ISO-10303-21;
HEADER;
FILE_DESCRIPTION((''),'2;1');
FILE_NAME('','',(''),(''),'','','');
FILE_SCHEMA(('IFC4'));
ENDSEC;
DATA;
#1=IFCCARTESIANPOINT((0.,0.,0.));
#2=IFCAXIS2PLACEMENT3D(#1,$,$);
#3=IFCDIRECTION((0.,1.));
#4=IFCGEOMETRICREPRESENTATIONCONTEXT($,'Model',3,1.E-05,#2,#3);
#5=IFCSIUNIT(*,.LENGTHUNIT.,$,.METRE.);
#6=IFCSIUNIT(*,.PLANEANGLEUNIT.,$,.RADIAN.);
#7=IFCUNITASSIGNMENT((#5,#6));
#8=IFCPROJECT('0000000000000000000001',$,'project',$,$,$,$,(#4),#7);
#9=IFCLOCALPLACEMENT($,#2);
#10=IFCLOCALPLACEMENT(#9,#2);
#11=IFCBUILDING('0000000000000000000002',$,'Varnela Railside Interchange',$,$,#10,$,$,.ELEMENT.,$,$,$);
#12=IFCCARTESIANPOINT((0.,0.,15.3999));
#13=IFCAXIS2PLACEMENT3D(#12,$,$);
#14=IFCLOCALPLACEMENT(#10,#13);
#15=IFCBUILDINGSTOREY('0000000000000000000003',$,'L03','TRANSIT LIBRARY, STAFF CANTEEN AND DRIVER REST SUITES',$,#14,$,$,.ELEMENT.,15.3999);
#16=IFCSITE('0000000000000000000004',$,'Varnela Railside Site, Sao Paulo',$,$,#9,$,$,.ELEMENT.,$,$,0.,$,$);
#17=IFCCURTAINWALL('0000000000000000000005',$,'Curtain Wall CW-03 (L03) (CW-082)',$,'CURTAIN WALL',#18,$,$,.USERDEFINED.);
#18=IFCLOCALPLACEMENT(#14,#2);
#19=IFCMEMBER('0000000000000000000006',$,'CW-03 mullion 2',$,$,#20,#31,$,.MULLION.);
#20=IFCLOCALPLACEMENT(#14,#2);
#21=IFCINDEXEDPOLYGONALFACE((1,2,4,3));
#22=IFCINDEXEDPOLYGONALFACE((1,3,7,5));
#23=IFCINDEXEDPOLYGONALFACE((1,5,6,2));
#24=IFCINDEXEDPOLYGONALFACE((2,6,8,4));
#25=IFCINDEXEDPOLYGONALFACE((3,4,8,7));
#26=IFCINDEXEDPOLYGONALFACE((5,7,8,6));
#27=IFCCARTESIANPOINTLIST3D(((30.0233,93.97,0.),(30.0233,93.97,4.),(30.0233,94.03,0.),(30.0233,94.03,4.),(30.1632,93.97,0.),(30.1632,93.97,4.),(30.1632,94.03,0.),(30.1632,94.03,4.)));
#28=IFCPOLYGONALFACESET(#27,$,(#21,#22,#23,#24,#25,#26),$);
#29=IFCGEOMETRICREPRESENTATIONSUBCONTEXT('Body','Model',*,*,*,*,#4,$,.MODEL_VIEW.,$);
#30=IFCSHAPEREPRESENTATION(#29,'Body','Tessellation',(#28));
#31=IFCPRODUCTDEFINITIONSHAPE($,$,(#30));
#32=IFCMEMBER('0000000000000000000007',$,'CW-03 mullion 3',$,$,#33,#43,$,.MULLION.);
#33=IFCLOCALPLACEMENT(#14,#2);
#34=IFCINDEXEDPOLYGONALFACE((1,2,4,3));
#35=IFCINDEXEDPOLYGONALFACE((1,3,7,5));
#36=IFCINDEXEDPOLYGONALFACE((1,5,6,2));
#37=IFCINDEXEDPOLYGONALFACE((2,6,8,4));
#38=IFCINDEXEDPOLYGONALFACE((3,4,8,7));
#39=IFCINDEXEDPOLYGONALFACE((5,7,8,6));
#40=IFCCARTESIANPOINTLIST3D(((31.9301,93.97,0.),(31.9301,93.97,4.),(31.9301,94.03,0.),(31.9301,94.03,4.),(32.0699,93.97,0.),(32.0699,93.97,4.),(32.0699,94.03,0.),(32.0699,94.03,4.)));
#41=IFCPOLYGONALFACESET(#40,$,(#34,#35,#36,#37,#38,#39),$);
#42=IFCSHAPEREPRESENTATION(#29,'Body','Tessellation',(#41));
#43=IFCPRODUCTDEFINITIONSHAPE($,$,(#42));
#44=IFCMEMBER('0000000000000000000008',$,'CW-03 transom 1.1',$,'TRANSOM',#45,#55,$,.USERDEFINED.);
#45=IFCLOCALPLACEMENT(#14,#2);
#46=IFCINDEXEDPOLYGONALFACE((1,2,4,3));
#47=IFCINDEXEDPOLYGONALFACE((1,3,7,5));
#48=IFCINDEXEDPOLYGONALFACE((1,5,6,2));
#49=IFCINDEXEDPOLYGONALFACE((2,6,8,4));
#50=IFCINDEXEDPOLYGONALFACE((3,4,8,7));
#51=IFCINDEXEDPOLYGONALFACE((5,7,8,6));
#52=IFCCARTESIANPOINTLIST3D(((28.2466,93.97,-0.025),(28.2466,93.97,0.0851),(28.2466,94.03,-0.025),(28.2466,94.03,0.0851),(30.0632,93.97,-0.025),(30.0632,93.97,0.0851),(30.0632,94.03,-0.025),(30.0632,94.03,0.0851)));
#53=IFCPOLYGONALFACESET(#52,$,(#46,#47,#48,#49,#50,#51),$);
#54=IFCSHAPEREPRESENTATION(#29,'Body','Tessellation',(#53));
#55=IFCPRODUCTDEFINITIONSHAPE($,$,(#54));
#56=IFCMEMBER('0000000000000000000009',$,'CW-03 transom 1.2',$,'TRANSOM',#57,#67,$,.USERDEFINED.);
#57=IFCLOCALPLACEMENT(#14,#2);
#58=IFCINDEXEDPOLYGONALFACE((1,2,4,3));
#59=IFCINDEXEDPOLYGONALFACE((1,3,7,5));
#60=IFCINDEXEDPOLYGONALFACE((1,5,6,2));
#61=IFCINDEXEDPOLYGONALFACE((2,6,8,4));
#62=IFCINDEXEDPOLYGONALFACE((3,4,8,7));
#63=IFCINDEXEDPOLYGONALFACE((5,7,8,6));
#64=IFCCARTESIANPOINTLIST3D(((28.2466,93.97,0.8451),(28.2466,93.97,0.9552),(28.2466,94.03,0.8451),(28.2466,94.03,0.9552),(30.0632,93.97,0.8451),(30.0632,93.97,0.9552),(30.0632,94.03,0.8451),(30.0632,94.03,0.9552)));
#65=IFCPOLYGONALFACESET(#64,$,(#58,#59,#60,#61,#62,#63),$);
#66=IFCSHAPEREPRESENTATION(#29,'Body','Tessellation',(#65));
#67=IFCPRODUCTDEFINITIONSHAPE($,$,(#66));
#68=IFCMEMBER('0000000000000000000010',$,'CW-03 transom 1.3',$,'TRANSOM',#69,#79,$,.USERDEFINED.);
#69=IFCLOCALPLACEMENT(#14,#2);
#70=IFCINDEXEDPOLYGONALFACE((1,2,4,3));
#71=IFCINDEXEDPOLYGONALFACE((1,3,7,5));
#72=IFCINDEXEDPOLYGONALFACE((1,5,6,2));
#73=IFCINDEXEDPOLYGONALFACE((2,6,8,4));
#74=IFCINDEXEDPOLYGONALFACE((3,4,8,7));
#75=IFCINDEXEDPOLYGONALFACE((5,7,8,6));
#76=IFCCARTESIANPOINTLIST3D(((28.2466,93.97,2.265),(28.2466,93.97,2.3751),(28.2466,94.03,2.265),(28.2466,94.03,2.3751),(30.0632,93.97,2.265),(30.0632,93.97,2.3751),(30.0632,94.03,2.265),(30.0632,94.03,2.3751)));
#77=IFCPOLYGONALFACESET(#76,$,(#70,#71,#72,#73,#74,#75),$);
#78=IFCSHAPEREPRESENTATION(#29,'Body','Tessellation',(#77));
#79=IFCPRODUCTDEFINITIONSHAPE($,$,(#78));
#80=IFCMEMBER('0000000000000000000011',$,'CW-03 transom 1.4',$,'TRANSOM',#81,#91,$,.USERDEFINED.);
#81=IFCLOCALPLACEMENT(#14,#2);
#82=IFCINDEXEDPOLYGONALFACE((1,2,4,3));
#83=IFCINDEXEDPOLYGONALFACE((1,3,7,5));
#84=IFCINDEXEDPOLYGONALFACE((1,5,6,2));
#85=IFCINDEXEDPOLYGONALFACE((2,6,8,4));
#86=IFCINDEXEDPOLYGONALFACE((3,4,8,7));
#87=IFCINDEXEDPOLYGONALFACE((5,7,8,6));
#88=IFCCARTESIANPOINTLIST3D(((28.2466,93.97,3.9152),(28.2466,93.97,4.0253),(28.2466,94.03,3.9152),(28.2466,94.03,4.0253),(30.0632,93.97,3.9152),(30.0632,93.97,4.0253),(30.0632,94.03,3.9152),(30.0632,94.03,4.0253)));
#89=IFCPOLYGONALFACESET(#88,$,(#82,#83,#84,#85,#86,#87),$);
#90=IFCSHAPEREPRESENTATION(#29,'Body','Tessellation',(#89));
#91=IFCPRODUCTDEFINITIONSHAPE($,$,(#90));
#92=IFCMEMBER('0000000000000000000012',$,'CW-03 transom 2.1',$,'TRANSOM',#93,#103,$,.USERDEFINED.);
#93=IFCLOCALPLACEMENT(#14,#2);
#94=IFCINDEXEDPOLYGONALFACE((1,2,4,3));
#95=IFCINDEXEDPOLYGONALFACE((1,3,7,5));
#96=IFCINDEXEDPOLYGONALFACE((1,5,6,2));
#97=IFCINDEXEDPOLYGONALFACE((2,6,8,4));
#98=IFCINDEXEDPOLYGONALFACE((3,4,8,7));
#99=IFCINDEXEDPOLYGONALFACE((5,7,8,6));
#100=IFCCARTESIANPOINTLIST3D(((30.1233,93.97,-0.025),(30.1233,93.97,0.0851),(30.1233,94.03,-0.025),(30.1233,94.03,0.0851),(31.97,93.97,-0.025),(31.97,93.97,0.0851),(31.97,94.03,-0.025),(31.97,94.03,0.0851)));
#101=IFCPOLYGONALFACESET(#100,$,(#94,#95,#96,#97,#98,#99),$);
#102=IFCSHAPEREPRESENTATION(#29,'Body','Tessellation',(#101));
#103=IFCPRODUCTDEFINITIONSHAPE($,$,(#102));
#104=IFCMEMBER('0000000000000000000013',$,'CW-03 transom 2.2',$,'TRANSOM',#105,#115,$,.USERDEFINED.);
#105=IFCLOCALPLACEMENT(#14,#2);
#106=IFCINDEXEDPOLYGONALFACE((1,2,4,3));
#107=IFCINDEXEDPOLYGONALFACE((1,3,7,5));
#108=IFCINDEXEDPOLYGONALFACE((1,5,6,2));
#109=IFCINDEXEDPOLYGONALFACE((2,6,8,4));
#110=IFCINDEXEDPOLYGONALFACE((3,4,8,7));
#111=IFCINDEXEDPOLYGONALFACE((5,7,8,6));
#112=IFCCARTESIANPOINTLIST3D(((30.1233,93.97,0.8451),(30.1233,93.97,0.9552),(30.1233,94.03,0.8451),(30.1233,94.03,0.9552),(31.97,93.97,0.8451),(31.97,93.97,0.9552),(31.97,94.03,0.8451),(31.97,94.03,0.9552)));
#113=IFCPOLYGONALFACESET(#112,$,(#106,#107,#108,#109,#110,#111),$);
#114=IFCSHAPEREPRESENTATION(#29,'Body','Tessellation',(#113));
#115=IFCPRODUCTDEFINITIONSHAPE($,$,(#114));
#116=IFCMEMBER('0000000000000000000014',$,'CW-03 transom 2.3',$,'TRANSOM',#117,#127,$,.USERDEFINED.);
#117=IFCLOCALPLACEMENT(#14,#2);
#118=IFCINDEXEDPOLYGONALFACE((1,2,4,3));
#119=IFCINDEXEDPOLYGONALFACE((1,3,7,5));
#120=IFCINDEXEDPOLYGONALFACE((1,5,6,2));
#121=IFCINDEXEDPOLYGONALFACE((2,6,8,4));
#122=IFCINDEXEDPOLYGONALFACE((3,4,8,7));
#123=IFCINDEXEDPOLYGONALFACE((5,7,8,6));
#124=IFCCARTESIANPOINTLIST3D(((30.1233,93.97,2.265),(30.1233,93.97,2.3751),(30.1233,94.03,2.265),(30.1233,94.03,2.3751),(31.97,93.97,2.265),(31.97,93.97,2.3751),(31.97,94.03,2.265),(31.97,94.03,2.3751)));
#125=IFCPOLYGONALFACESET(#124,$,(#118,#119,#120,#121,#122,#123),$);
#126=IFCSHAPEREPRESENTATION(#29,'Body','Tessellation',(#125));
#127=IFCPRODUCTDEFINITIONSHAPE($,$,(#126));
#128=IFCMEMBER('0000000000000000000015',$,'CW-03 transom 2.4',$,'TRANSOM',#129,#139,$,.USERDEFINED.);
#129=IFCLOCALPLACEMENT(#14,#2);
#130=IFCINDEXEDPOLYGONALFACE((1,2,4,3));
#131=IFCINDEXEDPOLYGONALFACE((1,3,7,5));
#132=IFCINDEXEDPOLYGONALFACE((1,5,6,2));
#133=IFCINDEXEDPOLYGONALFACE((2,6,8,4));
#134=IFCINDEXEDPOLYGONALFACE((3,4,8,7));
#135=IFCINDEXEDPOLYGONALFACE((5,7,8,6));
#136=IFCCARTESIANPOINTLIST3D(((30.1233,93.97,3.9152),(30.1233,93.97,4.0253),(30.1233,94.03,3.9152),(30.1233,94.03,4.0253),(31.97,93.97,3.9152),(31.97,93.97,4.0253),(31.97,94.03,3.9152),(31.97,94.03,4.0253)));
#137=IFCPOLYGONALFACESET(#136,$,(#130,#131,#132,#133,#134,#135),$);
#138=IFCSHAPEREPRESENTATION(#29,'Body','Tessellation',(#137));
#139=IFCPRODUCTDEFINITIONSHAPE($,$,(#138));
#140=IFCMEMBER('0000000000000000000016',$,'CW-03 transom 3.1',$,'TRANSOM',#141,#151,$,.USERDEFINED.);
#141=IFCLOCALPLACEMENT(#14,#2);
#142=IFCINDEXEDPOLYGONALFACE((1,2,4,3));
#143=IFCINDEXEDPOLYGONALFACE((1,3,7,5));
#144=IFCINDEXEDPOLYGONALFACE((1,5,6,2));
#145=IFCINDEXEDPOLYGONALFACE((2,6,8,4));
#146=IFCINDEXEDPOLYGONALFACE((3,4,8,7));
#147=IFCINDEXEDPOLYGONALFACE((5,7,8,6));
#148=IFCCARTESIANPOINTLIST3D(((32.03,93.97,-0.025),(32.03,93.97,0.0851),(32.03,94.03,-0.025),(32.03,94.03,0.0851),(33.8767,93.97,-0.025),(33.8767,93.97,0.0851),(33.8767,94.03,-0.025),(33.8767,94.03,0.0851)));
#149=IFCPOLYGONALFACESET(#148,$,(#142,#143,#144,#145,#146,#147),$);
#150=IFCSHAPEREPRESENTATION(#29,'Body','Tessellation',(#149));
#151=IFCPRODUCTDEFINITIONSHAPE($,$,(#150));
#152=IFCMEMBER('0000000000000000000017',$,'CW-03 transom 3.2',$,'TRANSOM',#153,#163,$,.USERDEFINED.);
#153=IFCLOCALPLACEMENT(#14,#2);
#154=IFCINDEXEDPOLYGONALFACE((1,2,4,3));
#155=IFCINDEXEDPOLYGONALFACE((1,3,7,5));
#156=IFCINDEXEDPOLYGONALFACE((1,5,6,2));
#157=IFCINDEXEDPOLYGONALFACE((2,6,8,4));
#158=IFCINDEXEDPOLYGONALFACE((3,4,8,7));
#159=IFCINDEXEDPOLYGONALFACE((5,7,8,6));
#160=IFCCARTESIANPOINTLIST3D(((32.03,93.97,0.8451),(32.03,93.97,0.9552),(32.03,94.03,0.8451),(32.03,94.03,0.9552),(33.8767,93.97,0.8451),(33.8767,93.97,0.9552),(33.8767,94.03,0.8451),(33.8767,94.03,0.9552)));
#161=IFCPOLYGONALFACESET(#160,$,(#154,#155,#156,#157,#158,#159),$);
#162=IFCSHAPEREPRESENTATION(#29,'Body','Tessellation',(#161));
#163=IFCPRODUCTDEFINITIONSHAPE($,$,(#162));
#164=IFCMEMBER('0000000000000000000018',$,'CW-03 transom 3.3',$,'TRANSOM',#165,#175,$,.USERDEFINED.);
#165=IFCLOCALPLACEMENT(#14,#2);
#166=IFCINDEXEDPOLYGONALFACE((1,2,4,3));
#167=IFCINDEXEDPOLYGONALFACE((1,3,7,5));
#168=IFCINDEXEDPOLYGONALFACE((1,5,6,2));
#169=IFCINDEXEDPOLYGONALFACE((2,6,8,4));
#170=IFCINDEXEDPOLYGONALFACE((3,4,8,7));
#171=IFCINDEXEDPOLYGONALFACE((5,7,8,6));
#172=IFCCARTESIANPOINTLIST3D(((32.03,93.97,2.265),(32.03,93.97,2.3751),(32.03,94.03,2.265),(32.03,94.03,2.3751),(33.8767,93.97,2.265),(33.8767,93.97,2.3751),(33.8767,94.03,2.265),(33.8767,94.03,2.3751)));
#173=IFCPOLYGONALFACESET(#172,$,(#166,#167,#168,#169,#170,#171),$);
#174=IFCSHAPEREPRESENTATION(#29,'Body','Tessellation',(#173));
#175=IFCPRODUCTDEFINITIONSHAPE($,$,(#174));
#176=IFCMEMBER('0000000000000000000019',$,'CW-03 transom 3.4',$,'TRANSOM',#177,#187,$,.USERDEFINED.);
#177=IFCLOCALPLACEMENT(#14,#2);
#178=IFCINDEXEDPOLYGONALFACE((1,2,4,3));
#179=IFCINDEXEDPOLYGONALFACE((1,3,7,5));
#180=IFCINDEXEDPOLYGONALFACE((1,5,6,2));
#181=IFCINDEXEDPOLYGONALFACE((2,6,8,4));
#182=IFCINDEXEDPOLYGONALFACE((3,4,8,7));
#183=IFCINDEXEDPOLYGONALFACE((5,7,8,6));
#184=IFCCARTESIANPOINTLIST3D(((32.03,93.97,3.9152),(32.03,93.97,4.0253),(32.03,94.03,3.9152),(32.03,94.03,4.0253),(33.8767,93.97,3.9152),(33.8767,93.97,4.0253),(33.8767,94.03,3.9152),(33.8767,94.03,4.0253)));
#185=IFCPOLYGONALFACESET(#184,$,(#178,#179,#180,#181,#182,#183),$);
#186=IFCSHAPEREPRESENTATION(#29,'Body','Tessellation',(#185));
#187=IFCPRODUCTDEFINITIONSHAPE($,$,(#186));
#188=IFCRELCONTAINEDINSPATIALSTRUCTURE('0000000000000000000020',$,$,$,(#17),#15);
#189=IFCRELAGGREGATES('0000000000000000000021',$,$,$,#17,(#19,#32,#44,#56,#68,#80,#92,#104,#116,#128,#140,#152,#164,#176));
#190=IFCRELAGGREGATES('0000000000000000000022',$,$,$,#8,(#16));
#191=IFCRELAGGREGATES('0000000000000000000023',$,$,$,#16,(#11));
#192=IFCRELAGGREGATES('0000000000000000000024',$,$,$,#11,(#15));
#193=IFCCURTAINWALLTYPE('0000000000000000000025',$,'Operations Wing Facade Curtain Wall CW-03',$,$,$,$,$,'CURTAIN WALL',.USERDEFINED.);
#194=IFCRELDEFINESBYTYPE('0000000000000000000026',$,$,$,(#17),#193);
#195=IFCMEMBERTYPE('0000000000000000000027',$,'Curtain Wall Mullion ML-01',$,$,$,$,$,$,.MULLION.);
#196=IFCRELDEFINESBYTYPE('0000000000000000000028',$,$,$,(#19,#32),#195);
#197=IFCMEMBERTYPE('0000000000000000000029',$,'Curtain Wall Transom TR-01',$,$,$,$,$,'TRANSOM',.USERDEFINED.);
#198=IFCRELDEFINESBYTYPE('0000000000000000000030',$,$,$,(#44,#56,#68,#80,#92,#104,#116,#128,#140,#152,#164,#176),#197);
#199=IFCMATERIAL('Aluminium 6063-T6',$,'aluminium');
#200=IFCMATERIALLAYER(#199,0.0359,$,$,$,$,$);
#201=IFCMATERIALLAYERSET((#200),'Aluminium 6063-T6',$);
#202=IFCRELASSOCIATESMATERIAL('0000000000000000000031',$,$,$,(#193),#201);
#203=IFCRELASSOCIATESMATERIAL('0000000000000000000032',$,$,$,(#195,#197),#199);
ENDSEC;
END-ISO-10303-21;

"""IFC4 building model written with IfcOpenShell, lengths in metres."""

from ifc_helpers import new_model, si_unit, direction, frame, origin, origin_2d, place, context, subcontext, project, spatial, rectangle, extrude, material, layer, layer_set, material_profile, profile_set, type_object, element, aggregate, save


model = new_model("IFC4")

# Units and contexts
model_context = context("Model", 3, precision=1e-05, world=origin(), true_north=direction((0.0, 1.0)))
body_context = subcontext(model_context, "Body", "Model", "MODEL_VIEW")
ifc_project = project(units=[si_unit("LENGTHUNIT", "METRE"), si_unit("PLANEANGLEUNIT", "RADIAN")], contexts=[model_context])

# Site, building, storey
site_placement = place(None, origin())
site = spatial("IfcSite", under=ifc_project, at=site_placement, Name="Varnela Railside Site, Sao Paulo", CompositionType="ELEMENT", RefElevation=0.0)
building_placement = place(site_placement, origin())
building = spatial("IfcBuilding", under=site, at=building_placement, Name="Varnela Railside Interchange", CompositionType="ELEMENT")
storey_placement = place(building_placement, frame((0.0, 0.0, 15.3999)))
storey = spatial("IfcBuildingStorey", under=building, at=storey_placement, Name="L03", Description="TRANSIT LIBRARY, STAFF CANTEEN AND DRIVER REST SUITES", CompositionType="ELEMENT", Elevation=15.3999)

# Curtain wall, members
ifc_material_1 = material(Name="Aluminium 6063-T6", Category="aluminium")
ifc_layer_1 = layer(ifc_material_1, 0.0359)
ifc_layer_set_1 = layer_set([ifc_layer_1], Name="Aluminium 6063-T6")
curtain_wall_type = type_object("IfcCurtainWallType", Name="Operations Wing Facade Curtain Wall CW-03", ElementType="CURTAIN WALL", PredefinedType="USERDEFINED", material=ifc_layer_set_1)
curtain_wall_placement = place(storey_placement, origin())
curtain_wall = element("IfcCurtainWall", 1, at=curtain_wall_placement, inside=storey, type_object=curtain_wall_type, Name="Curtain Wall CW-03 (L03) (CW-082)", ObjectType="CURTAIN WALL", PredefinedType="USERDEFINED")
ifc_material_profile_1 = material_profile(ifc_material_1, rectangle(XDim=0.0601, YDim=0.1399, at=origin_2d()), Name="ALU 60x140")
ifc_profile_set_1 = profile_set([ifc_material_profile_1], Name="Aluminium 6063-T6")
member_type_1 = type_object("IfcMemberType", Name="Curtain Wall Mullion ML-01", PredefinedType="MULLION", material=ifc_profile_set_1)
member_1_placement = place(storey_placement, frame((30.0933, 94.0, 0.0), z_axis=(0.0, 0.0, 1.0), x_axis=(0.0, 1.0, 0.0)))
member_1 = element("IfcMember", 2, at=member_1_placement, type_object=member_type_1, Name="CW-03 mullion 2", PredefinedType="MULLION", context=body_context, shape_type="SweptSolid", body=[
    extrude(rectangle(XDim=0.0601, YDim=0.1399, at=origin_2d()), origin(), (0.0, 0.0, 1.0), 4.0),
])
member_2_placement = place(storey_placement, frame((32.0, 94.0, 0.0), z_axis=(0.0, 0.0, 1.0), x_axis=(0.0, 1.0, 0.0)))
member_2 = element("IfcMember", 3, at=member_2_placement, type_object=member_type_1, Name="CW-03 mullion 3", PredefinedType="MULLION", context=body_context, shape_type="SweptSolid", body=[
    extrude(rectangle(XDim=0.0601, YDim=0.1399, at=origin_2d()), origin(), (0.0, 0.0, 1.0), 4.0),
])
ifc_material_profile_2 = material_profile(ifc_material_1, rectangle(XDim=0.0601, YDim=0.1101, at=origin_2d()), Name="ALU 60x110")
ifc_profile_set_2 = profile_set([ifc_material_profile_2], Name="Aluminium 6063-T6")
member_type_2 = type_object("IfcMemberType", Name="Curtain Wall Transom TR-01", ElementType="TRANSOM", PredefinedType="USERDEFINED", material=ifc_profile_set_2)
member_3_placement = place(storey_placement, frame((28.2466, 94.0, 0.03), z_axis=(1.0, 0.0, 0.0), x_axis=(0.0, 1.0, 0.0)))
member_3 = element("IfcMember", 4, at=member_3_placement, type_object=member_type_2, Name="CW-03 transom 1.1", ObjectType="TRANSOM", PredefinedType="USERDEFINED", context=body_context, shape_type="SweptSolid", body=[
    extrude(rectangle(XDim=0.0601, YDim=0.1101, at=origin_2d()), origin(), (0.0, 0.0, 1.0), 1.8167),
])
member_4_placement = place(storey_placement, frame((28.2466, 94.0, 0.9001), z_axis=(1.0, 0.0, 0.0), x_axis=(0.0, 1.0, 0.0)))
member_4 = element("IfcMember", 5, at=member_4_placement, type_object=member_type_2, Name="CW-03 transom 1.2", ObjectType="TRANSOM", PredefinedType="USERDEFINED", context=body_context, shape_type="SweptSolid", body=[
    extrude(rectangle(XDim=0.0601, YDim=0.1101, at=origin_2d()), origin(), (0.0, 0.0, 1.0), 1.8167),
])
member_5_placement = place(storey_placement, frame((28.2466, 94.0, 2.3201), z_axis=(1.0, 0.0, 0.0), x_axis=(0.0, 1.0, 0.0)))
member_5 = element("IfcMember", 6, at=member_5_placement, type_object=member_type_2, Name="CW-03 transom 1.3", ObjectType="TRANSOM", PredefinedType="USERDEFINED", context=body_context, shape_type="SweptSolid", body=[
    extrude(rectangle(XDim=0.0601, YDim=0.1101, at=origin_2d()), origin(), (0.0, 0.0, 1.0), 1.8167),
])
member_6_placement = place(storey_placement, frame((28.2466, 94.0, 3.9702), z_axis=(1.0, 0.0, 0.0), x_axis=(0.0, 1.0, 0.0)))
member_6 = element("IfcMember", 7, at=member_6_placement, type_object=member_type_2, Name="CW-03 transom 1.4", ObjectType="TRANSOM", PredefinedType="USERDEFINED", context=body_context, shape_type="SweptSolid", body=[
    extrude(rectangle(XDim=0.0601, YDim=0.1101, at=origin_2d()), origin(), (0.0, 0.0, 1.0), 1.8167),
])
member_7_placement = place(storey_placement, frame((30.1233, 94.0, 0.03), z_axis=(1.0, 0.0, 0.0), x_axis=(0.0, 1.0, 0.0)))
member_7 = element("IfcMember", 8, at=member_7_placement, type_object=member_type_2, Name="CW-03 transom 2.1", ObjectType="TRANSOM", PredefinedType="USERDEFINED", context=body_context, shape_type="SweptSolid", body=[
    extrude(rectangle(XDim=0.0601, YDim=0.1101, at=origin_2d()), origin(), (0.0, 0.0, 1.0), 1.8467),
])
member_8_placement = place(storey_placement, frame((30.1233, 94.0, 0.9001), z_axis=(1.0, 0.0, 0.0), x_axis=(0.0, 1.0, 0.0)))
member_8 = element("IfcMember", 9, at=member_8_placement, type_object=member_type_2, Name="CW-03 transom 2.2", ObjectType="TRANSOM", PredefinedType="USERDEFINED", context=body_context, shape_type="SweptSolid", body=[
    extrude(rectangle(XDim=0.0601, YDim=0.1101, at=origin_2d()), origin(), (0.0, 0.0, 1.0), 1.8467),
])
member_9_placement = place(storey_placement, frame((30.1233, 94.0, 2.3201), z_axis=(1.0, 0.0, 0.0), x_axis=(0.0, 1.0, 0.0)))
member_9 = element("IfcMember", 10, at=member_9_placement, type_object=member_type_2, Name="CW-03 transom 2.3", ObjectType="TRANSOM", PredefinedType="USERDEFINED", context=body_context, shape_type="SweptSolid", body=[
    extrude(rectangle(XDim=0.0601, YDim=0.1101, at=origin_2d()), origin(), (0.0, 0.0, 1.0), 1.8467),
])
member_10_placement = place(storey_placement, frame((30.1233, 94.0, 3.9702), z_axis=(1.0, 0.0, 0.0), x_axis=(0.0, 1.0, 0.0)))
member_10 = element("IfcMember", 11, at=member_10_placement, type_object=member_type_2, Name="CW-03 transom 2.4", ObjectType="TRANSOM", PredefinedType="USERDEFINED", context=body_context, shape_type="SweptSolid", body=[
    extrude(rectangle(XDim=0.0601, YDim=0.1101, at=origin_2d()), origin(), (0.0, 0.0, 1.0), 1.8467),
])
member_11_placement = place(storey_placement, frame((32.03, 94.0, 0.03), z_axis=(1.0, 0.0, 0.0), x_axis=(0.0, 1.0, 0.0)))
member_11 = element("IfcMember", 12, at=member_11_placement, type_object=member_type_2, Name="CW-03 transom 3.1", ObjectType="TRANSOM", PredefinedType="USERDEFINED", context=body_context, shape_type="SweptSolid", body=[
    extrude(rectangle(XDim=0.0601, YDim=0.1101, at=origin_2d()), origin(), (0.0, 0.0, 1.0), 1.8467),
])
member_12_placement = place(storey_placement, frame((32.03, 94.0, 0.9001), z_axis=(1.0, 0.0, 0.0), x_axis=(0.0, 1.0, 0.0)))
member_12 = element("IfcMember", 13, at=member_12_placement, type_object=member_type_2, Name="CW-03 transom 3.2", ObjectType="TRANSOM", PredefinedType="USERDEFINED", context=body_context, shape_type="SweptSolid", body=[
    extrude(rectangle(XDim=0.0601, YDim=0.1101, at=origin_2d()), origin(), (0.0, 0.0, 1.0), 1.8467),
])
member_13_placement = place(storey_placement, frame((32.03, 94.0, 2.3201), z_axis=(1.0, 0.0, 0.0), x_axis=(0.0, 1.0, 0.0)))
member_13 = element("IfcMember", 14, at=member_13_placement, type_object=member_type_2, Name="CW-03 transom 3.3", ObjectType="TRANSOM", PredefinedType="USERDEFINED", context=body_context, shape_type="SweptSolid", body=[
    extrude(rectangle(XDim=0.0601, YDim=0.1101, at=origin_2d()), origin(), (0.0, 0.0, 1.0), 1.8467),
])
member_14_placement = place(storey_placement, frame((32.03, 94.0, 3.9702), z_axis=(1.0, 0.0, 0.0), x_axis=(0.0, 1.0, 0.0)))
member_14 = element("IfcMember", 15, at=member_14_placement, type_object=member_type_2, Name="CW-03 transom 3.4", ObjectType="TRANSOM", PredefinedType="USERDEFINED", context=body_context, shape_type="SweptSolid", body=[
    extrude(rectangle(XDim=0.0601, YDim=0.1101, at=origin_2d()), origin(), (0.0, 0.0, 1.0), 1.8467),
])
aggregate(curtain_wall, [member_1, member_2, member_3, member_4, member_5, member_6, member_7, member_8, member_9, member_10, member_11, member_12, member_13, member_14])

save(model, "model.ifc")
